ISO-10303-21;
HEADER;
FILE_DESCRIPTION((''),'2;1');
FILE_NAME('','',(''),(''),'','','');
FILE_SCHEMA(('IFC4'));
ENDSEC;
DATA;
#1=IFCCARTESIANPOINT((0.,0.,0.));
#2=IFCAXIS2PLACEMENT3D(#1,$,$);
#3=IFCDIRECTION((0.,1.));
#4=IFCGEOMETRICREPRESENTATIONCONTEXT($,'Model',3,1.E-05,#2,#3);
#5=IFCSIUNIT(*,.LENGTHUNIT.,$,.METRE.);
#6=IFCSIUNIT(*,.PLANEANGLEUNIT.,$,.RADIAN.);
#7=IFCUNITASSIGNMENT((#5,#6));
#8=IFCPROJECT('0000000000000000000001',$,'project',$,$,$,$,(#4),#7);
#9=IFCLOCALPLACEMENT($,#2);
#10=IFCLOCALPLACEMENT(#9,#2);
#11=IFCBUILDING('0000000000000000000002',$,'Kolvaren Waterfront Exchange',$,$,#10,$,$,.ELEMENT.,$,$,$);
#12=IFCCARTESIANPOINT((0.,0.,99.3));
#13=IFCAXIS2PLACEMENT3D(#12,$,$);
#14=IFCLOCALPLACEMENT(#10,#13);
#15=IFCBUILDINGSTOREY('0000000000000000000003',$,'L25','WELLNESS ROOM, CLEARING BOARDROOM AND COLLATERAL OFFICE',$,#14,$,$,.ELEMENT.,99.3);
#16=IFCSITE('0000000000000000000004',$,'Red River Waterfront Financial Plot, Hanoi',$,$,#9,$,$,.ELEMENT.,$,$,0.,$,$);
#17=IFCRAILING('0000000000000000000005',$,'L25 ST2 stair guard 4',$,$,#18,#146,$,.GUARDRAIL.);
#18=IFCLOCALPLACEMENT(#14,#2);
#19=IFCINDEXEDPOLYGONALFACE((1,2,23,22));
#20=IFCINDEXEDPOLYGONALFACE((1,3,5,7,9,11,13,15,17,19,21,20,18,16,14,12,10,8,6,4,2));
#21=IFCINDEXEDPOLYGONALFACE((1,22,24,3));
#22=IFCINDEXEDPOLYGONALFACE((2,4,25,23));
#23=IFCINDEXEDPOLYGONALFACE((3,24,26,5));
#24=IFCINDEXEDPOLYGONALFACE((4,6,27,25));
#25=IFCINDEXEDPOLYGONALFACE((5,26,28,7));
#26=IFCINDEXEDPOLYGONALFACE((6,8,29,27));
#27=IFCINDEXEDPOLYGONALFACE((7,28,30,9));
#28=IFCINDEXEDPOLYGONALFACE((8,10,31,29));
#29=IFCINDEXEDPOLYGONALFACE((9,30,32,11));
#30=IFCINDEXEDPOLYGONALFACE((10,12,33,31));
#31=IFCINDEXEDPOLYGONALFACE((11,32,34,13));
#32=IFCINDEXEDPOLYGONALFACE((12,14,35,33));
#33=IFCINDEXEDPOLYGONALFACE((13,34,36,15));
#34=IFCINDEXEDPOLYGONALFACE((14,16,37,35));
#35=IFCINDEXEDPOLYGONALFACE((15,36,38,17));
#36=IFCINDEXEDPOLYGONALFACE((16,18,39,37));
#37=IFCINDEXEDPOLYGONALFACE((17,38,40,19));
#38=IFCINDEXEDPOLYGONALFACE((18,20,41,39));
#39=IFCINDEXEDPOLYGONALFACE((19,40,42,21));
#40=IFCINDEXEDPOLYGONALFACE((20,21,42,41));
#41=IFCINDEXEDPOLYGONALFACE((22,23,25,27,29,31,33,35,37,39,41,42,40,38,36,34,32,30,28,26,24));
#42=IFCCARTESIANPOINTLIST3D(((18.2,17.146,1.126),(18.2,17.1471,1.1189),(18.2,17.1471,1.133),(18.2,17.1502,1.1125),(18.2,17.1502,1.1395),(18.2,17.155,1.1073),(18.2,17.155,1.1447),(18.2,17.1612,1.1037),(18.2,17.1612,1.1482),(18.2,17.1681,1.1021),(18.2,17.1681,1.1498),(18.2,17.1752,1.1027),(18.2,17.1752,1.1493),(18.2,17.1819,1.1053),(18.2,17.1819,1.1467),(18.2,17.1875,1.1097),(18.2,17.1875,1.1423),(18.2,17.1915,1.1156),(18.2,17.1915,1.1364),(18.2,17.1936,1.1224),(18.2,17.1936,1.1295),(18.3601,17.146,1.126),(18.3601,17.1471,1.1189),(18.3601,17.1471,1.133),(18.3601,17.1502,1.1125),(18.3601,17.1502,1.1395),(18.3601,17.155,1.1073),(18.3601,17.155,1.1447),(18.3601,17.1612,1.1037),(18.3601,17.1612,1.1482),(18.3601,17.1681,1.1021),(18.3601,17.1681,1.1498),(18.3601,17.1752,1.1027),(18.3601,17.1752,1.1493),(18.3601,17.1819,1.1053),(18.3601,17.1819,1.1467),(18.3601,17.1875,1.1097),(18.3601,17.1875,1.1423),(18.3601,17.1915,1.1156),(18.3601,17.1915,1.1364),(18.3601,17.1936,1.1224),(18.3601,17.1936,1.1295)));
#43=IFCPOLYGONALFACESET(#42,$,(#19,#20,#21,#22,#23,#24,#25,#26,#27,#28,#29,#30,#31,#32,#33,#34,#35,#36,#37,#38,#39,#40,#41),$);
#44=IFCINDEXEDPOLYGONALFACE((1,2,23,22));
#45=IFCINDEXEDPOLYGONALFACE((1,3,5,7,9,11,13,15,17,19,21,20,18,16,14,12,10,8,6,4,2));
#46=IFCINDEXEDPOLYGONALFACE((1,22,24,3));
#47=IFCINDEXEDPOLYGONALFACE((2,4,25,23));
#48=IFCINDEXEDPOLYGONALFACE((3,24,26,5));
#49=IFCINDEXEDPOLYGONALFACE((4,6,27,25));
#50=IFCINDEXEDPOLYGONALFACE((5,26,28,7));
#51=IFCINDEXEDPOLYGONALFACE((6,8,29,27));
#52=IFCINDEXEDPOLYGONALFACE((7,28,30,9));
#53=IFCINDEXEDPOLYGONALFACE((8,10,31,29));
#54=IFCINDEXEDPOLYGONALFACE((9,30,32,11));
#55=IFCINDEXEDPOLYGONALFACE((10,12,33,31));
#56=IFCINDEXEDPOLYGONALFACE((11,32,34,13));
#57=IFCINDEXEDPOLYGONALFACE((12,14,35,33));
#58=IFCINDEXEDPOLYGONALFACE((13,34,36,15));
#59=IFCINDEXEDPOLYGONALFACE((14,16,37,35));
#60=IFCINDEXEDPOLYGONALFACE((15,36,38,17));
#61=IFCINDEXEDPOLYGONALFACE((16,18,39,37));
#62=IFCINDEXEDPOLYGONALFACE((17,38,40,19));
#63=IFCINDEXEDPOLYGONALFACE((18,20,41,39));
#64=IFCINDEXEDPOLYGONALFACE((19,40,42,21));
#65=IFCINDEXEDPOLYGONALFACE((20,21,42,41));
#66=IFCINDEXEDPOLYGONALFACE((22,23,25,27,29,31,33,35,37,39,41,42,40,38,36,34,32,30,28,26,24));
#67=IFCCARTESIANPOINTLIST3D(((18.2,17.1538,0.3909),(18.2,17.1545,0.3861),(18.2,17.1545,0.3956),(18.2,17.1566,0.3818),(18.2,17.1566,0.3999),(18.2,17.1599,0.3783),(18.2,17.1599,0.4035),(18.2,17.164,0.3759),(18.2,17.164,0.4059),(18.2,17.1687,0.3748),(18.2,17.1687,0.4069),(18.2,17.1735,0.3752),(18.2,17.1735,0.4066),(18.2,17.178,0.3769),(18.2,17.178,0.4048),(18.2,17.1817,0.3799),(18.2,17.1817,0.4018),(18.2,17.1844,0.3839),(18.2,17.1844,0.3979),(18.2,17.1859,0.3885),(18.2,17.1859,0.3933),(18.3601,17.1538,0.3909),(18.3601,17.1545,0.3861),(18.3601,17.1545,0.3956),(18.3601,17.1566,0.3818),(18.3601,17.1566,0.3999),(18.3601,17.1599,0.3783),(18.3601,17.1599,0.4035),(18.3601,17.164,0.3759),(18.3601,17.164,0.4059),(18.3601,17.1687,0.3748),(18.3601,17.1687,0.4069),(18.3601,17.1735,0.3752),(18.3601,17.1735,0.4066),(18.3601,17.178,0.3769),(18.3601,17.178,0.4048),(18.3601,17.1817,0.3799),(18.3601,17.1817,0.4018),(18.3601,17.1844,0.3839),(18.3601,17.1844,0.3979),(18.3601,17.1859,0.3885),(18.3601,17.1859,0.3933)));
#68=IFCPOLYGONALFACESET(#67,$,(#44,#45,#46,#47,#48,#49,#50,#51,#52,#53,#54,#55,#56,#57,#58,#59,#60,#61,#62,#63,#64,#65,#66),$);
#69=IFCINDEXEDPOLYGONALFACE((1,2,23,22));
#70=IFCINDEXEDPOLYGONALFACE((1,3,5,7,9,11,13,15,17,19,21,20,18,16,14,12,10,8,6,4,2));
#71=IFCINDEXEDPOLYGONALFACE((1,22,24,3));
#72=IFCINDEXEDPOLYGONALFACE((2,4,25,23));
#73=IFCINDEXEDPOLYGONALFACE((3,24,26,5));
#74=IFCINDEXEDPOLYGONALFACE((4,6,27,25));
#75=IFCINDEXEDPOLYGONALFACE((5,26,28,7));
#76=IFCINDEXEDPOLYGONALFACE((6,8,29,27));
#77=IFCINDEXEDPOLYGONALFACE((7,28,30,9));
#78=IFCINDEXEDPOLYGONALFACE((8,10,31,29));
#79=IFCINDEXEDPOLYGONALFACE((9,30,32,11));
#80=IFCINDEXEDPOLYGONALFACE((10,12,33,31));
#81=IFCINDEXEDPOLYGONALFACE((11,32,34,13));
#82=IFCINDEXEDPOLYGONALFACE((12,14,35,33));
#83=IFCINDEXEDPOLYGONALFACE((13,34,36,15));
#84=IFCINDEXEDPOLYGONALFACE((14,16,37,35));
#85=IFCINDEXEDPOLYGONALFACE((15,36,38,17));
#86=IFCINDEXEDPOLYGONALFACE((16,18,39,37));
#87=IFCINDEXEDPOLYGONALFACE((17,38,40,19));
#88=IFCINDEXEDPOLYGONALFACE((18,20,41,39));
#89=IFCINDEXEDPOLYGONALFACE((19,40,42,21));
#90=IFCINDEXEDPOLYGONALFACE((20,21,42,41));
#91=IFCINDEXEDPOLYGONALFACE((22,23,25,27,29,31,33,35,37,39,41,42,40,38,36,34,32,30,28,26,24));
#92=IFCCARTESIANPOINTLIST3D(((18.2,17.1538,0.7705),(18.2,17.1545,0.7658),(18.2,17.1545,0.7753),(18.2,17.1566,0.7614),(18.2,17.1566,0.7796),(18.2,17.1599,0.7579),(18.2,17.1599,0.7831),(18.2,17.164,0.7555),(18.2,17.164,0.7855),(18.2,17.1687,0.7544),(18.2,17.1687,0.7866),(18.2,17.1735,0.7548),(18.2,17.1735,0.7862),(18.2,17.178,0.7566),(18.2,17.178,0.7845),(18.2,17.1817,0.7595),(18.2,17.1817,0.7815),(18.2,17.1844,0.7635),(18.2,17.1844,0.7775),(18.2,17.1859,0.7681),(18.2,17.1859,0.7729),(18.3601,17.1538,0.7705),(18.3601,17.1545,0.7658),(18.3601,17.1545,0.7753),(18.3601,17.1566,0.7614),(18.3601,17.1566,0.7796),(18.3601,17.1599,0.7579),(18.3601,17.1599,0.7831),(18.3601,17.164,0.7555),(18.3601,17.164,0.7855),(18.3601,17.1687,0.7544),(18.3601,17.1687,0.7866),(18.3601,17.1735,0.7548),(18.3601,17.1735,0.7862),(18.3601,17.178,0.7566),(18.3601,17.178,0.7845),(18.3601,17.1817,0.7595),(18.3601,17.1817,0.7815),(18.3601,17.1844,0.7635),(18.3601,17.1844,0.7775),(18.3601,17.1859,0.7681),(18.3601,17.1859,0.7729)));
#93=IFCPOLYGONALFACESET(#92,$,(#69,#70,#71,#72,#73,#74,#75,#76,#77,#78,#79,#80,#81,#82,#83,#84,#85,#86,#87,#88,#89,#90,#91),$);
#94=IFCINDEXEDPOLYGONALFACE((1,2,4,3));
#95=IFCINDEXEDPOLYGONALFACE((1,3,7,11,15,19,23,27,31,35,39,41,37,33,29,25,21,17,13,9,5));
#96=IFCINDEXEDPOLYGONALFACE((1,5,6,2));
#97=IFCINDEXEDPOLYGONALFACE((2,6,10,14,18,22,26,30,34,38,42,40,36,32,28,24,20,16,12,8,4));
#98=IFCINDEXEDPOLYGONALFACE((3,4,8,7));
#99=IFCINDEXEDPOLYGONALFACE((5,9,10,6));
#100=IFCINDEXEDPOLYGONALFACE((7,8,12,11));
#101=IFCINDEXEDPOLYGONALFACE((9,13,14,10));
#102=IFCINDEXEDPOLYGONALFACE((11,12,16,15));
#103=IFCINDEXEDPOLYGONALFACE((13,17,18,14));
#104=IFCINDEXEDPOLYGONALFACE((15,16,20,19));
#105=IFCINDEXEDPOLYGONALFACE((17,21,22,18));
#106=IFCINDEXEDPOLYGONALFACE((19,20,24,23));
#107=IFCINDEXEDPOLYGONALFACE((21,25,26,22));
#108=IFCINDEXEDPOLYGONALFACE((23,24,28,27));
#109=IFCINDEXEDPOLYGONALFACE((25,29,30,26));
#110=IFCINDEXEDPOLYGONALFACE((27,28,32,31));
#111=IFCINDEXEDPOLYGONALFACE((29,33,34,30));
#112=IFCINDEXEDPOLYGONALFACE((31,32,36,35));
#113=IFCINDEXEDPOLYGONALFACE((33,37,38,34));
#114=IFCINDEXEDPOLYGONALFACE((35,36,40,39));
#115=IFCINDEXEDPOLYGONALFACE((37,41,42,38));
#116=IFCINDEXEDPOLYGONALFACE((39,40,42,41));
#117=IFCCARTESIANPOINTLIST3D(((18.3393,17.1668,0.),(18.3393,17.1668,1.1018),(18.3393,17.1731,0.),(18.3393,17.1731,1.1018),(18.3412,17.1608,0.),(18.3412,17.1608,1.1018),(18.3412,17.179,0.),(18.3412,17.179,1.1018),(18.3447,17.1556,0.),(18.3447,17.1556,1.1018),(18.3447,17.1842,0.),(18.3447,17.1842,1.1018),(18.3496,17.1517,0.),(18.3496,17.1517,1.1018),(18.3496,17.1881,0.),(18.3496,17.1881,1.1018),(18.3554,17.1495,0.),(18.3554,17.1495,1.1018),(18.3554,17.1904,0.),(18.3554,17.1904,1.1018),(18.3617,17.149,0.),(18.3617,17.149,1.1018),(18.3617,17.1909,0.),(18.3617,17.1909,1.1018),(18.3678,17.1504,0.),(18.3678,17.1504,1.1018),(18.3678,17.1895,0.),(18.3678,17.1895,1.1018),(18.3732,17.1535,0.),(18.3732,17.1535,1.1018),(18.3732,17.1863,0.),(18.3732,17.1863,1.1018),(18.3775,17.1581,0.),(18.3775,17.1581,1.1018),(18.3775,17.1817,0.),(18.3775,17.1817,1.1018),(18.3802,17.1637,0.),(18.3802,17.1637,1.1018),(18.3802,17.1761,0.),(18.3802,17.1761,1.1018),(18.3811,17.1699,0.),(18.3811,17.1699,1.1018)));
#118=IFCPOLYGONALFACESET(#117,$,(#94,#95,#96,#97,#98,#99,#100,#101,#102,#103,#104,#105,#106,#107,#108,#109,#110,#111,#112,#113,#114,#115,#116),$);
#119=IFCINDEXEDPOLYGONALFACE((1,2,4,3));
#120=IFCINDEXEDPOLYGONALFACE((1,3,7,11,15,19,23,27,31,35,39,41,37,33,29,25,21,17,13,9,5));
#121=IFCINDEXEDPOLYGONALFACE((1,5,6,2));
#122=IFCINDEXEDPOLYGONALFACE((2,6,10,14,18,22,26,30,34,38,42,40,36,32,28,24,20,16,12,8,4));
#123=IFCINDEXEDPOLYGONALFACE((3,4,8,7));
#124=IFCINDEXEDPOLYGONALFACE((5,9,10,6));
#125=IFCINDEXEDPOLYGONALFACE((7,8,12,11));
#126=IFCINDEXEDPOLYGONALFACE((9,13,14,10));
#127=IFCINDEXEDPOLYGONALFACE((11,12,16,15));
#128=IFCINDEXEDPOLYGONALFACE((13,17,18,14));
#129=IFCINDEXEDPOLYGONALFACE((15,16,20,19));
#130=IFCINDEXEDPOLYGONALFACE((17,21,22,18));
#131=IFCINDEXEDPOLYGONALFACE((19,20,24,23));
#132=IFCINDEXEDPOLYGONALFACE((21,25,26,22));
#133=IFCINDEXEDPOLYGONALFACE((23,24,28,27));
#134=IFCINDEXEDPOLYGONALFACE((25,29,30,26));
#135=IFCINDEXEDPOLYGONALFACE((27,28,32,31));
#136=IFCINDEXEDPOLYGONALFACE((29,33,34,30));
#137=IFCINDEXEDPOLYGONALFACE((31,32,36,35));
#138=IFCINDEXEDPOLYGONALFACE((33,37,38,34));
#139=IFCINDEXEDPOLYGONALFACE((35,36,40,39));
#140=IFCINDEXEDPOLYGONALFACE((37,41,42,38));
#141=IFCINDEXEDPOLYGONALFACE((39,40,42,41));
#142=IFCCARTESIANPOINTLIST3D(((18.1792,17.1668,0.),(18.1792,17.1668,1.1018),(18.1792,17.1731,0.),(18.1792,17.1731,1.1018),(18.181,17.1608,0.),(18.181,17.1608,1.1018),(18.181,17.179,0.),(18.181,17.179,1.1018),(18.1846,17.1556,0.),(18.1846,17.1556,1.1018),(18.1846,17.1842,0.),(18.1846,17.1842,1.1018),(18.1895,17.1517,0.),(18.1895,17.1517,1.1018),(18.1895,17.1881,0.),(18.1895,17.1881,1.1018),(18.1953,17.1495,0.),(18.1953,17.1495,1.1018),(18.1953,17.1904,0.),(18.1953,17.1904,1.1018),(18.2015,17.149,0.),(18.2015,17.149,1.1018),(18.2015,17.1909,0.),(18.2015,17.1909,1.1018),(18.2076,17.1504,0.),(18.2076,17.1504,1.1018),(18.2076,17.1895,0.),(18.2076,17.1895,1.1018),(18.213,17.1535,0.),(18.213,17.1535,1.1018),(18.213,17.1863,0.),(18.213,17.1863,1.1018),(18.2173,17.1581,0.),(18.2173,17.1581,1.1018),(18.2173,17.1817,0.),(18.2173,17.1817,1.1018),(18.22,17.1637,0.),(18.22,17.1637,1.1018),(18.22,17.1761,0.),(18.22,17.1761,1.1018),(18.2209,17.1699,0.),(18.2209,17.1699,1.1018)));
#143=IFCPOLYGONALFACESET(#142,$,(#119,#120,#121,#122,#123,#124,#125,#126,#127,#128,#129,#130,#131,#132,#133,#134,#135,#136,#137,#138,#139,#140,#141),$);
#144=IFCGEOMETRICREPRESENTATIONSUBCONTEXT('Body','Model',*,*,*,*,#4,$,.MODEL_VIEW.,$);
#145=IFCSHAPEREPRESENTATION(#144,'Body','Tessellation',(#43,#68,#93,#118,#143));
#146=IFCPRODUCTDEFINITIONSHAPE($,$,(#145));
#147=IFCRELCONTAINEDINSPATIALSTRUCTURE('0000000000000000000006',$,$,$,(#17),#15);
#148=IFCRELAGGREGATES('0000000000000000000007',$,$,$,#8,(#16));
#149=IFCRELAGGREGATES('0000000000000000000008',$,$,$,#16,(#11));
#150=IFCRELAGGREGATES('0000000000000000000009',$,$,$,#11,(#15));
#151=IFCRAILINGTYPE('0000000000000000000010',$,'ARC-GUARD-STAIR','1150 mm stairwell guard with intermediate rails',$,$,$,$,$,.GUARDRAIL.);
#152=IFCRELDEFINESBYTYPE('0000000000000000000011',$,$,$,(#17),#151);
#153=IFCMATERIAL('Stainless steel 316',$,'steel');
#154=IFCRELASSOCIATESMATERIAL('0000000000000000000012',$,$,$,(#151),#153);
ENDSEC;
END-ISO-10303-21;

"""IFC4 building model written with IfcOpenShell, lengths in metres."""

from ifc_helpers import new_model, si_unit, direction, frame, origin, origin_2d, place, context, subcontext, project, spatial, circle, extrude, material, type_object, element, save


model = new_model("IFC4")

# Units and contexts
model_context = context("Model", 3, precision=1e-05, world=origin(), true_north=direction((0.0, 1.0)))
body_context = subcontext(model_context, "Body", "Model", "MODEL_VIEW")
ifc_project = project(units=[si_unit("LENGTHUNIT", "METRE"), si_unit("PLANEANGLEUNIT", "RADIAN")], contexts=[model_context])

# Site, building, storey
site_placement = place(None, origin())
site = spatial("IfcSite", under=ifc_project, at=site_placement, Name="Red River Waterfront Financial Plot, Hanoi", CompositionType="ELEMENT", RefElevation=0.0)
building_placement = place(site_placement, origin())
building = spatial("IfcBuilding", under=site, at=building_placement, Name="Kolvaren Waterfront Exchange", CompositionType="ELEMENT")
storey_placement = place(building_placement, frame((0.0, 0.0, 99.3)))
storey = spatial("IfcBuildingStorey", under=building, at=storey_placement, Name="L25", Description="WELLNESS ROOM, CLEARING BOARDROOM AND COLLATERAL OFFICE", CompositionType="ELEMENT", Elevation=99.3)

# Railing
ifc_material_1 = material(Name="Stainless steel 316", Category="steel")
railing_type_1 = type_object("IfcRailingType", Name="ARC-GUARD-STAIR", Description="1150 mm stairwell guard with intermediate rails", PredefinedType="GUARDRAIL", material=ifc_material_1)
railing_1_placement = place(storey_placement, frame((18.3601, 17.1699, 0.0)))
element("IfcRailing", 1, at=railing_1_placement, inside=storey, type_object=railing_type_1, Name="L25 ST2 stair guard 4", PredefinedType="GUARDRAIL", context=body_context, shape_type="SweptSolid", body=[
    extrude(circle(Radius=0.0239, at=origin_2d()), frame((0.0, 0.0, 1.126), z_axis=(-1.0, 0.0, 0.0), x_axis=(0.0, -1.0, 0.0)), (0.0, 0.0, 1.0), 0.1602),
    extrude(circle(Radius=0.0161, at=origin_2d()), frame((0.0, 0.0, 0.3909), z_axis=(-1.0, 0.0, 0.0), x_axis=(0.0, -1.0, 0.0)), (0.0, 0.0, 1.0), 0.1602),
    extrude(circle(Radius=0.0161, at=origin_2d()), frame((0.0, 0.0, 0.7705), z_axis=(-1.0, 0.0, 0.0), x_axis=(0.0, -1.0, 0.0)), (0.0, 0.0, 1.0), 0.1602),
    extrude(circle(Radius=0.021, at=origin_2d()), origin(), (0.0, 0.0, 1.0), 1.1018),
    extrude(circle(Radius=0.021, at=origin_2d()), frame((-0.1602, 0.0, 0.0)), (0.0, 0.0, 1.0), 1.1018),
])

save(model, "model.ifc")
